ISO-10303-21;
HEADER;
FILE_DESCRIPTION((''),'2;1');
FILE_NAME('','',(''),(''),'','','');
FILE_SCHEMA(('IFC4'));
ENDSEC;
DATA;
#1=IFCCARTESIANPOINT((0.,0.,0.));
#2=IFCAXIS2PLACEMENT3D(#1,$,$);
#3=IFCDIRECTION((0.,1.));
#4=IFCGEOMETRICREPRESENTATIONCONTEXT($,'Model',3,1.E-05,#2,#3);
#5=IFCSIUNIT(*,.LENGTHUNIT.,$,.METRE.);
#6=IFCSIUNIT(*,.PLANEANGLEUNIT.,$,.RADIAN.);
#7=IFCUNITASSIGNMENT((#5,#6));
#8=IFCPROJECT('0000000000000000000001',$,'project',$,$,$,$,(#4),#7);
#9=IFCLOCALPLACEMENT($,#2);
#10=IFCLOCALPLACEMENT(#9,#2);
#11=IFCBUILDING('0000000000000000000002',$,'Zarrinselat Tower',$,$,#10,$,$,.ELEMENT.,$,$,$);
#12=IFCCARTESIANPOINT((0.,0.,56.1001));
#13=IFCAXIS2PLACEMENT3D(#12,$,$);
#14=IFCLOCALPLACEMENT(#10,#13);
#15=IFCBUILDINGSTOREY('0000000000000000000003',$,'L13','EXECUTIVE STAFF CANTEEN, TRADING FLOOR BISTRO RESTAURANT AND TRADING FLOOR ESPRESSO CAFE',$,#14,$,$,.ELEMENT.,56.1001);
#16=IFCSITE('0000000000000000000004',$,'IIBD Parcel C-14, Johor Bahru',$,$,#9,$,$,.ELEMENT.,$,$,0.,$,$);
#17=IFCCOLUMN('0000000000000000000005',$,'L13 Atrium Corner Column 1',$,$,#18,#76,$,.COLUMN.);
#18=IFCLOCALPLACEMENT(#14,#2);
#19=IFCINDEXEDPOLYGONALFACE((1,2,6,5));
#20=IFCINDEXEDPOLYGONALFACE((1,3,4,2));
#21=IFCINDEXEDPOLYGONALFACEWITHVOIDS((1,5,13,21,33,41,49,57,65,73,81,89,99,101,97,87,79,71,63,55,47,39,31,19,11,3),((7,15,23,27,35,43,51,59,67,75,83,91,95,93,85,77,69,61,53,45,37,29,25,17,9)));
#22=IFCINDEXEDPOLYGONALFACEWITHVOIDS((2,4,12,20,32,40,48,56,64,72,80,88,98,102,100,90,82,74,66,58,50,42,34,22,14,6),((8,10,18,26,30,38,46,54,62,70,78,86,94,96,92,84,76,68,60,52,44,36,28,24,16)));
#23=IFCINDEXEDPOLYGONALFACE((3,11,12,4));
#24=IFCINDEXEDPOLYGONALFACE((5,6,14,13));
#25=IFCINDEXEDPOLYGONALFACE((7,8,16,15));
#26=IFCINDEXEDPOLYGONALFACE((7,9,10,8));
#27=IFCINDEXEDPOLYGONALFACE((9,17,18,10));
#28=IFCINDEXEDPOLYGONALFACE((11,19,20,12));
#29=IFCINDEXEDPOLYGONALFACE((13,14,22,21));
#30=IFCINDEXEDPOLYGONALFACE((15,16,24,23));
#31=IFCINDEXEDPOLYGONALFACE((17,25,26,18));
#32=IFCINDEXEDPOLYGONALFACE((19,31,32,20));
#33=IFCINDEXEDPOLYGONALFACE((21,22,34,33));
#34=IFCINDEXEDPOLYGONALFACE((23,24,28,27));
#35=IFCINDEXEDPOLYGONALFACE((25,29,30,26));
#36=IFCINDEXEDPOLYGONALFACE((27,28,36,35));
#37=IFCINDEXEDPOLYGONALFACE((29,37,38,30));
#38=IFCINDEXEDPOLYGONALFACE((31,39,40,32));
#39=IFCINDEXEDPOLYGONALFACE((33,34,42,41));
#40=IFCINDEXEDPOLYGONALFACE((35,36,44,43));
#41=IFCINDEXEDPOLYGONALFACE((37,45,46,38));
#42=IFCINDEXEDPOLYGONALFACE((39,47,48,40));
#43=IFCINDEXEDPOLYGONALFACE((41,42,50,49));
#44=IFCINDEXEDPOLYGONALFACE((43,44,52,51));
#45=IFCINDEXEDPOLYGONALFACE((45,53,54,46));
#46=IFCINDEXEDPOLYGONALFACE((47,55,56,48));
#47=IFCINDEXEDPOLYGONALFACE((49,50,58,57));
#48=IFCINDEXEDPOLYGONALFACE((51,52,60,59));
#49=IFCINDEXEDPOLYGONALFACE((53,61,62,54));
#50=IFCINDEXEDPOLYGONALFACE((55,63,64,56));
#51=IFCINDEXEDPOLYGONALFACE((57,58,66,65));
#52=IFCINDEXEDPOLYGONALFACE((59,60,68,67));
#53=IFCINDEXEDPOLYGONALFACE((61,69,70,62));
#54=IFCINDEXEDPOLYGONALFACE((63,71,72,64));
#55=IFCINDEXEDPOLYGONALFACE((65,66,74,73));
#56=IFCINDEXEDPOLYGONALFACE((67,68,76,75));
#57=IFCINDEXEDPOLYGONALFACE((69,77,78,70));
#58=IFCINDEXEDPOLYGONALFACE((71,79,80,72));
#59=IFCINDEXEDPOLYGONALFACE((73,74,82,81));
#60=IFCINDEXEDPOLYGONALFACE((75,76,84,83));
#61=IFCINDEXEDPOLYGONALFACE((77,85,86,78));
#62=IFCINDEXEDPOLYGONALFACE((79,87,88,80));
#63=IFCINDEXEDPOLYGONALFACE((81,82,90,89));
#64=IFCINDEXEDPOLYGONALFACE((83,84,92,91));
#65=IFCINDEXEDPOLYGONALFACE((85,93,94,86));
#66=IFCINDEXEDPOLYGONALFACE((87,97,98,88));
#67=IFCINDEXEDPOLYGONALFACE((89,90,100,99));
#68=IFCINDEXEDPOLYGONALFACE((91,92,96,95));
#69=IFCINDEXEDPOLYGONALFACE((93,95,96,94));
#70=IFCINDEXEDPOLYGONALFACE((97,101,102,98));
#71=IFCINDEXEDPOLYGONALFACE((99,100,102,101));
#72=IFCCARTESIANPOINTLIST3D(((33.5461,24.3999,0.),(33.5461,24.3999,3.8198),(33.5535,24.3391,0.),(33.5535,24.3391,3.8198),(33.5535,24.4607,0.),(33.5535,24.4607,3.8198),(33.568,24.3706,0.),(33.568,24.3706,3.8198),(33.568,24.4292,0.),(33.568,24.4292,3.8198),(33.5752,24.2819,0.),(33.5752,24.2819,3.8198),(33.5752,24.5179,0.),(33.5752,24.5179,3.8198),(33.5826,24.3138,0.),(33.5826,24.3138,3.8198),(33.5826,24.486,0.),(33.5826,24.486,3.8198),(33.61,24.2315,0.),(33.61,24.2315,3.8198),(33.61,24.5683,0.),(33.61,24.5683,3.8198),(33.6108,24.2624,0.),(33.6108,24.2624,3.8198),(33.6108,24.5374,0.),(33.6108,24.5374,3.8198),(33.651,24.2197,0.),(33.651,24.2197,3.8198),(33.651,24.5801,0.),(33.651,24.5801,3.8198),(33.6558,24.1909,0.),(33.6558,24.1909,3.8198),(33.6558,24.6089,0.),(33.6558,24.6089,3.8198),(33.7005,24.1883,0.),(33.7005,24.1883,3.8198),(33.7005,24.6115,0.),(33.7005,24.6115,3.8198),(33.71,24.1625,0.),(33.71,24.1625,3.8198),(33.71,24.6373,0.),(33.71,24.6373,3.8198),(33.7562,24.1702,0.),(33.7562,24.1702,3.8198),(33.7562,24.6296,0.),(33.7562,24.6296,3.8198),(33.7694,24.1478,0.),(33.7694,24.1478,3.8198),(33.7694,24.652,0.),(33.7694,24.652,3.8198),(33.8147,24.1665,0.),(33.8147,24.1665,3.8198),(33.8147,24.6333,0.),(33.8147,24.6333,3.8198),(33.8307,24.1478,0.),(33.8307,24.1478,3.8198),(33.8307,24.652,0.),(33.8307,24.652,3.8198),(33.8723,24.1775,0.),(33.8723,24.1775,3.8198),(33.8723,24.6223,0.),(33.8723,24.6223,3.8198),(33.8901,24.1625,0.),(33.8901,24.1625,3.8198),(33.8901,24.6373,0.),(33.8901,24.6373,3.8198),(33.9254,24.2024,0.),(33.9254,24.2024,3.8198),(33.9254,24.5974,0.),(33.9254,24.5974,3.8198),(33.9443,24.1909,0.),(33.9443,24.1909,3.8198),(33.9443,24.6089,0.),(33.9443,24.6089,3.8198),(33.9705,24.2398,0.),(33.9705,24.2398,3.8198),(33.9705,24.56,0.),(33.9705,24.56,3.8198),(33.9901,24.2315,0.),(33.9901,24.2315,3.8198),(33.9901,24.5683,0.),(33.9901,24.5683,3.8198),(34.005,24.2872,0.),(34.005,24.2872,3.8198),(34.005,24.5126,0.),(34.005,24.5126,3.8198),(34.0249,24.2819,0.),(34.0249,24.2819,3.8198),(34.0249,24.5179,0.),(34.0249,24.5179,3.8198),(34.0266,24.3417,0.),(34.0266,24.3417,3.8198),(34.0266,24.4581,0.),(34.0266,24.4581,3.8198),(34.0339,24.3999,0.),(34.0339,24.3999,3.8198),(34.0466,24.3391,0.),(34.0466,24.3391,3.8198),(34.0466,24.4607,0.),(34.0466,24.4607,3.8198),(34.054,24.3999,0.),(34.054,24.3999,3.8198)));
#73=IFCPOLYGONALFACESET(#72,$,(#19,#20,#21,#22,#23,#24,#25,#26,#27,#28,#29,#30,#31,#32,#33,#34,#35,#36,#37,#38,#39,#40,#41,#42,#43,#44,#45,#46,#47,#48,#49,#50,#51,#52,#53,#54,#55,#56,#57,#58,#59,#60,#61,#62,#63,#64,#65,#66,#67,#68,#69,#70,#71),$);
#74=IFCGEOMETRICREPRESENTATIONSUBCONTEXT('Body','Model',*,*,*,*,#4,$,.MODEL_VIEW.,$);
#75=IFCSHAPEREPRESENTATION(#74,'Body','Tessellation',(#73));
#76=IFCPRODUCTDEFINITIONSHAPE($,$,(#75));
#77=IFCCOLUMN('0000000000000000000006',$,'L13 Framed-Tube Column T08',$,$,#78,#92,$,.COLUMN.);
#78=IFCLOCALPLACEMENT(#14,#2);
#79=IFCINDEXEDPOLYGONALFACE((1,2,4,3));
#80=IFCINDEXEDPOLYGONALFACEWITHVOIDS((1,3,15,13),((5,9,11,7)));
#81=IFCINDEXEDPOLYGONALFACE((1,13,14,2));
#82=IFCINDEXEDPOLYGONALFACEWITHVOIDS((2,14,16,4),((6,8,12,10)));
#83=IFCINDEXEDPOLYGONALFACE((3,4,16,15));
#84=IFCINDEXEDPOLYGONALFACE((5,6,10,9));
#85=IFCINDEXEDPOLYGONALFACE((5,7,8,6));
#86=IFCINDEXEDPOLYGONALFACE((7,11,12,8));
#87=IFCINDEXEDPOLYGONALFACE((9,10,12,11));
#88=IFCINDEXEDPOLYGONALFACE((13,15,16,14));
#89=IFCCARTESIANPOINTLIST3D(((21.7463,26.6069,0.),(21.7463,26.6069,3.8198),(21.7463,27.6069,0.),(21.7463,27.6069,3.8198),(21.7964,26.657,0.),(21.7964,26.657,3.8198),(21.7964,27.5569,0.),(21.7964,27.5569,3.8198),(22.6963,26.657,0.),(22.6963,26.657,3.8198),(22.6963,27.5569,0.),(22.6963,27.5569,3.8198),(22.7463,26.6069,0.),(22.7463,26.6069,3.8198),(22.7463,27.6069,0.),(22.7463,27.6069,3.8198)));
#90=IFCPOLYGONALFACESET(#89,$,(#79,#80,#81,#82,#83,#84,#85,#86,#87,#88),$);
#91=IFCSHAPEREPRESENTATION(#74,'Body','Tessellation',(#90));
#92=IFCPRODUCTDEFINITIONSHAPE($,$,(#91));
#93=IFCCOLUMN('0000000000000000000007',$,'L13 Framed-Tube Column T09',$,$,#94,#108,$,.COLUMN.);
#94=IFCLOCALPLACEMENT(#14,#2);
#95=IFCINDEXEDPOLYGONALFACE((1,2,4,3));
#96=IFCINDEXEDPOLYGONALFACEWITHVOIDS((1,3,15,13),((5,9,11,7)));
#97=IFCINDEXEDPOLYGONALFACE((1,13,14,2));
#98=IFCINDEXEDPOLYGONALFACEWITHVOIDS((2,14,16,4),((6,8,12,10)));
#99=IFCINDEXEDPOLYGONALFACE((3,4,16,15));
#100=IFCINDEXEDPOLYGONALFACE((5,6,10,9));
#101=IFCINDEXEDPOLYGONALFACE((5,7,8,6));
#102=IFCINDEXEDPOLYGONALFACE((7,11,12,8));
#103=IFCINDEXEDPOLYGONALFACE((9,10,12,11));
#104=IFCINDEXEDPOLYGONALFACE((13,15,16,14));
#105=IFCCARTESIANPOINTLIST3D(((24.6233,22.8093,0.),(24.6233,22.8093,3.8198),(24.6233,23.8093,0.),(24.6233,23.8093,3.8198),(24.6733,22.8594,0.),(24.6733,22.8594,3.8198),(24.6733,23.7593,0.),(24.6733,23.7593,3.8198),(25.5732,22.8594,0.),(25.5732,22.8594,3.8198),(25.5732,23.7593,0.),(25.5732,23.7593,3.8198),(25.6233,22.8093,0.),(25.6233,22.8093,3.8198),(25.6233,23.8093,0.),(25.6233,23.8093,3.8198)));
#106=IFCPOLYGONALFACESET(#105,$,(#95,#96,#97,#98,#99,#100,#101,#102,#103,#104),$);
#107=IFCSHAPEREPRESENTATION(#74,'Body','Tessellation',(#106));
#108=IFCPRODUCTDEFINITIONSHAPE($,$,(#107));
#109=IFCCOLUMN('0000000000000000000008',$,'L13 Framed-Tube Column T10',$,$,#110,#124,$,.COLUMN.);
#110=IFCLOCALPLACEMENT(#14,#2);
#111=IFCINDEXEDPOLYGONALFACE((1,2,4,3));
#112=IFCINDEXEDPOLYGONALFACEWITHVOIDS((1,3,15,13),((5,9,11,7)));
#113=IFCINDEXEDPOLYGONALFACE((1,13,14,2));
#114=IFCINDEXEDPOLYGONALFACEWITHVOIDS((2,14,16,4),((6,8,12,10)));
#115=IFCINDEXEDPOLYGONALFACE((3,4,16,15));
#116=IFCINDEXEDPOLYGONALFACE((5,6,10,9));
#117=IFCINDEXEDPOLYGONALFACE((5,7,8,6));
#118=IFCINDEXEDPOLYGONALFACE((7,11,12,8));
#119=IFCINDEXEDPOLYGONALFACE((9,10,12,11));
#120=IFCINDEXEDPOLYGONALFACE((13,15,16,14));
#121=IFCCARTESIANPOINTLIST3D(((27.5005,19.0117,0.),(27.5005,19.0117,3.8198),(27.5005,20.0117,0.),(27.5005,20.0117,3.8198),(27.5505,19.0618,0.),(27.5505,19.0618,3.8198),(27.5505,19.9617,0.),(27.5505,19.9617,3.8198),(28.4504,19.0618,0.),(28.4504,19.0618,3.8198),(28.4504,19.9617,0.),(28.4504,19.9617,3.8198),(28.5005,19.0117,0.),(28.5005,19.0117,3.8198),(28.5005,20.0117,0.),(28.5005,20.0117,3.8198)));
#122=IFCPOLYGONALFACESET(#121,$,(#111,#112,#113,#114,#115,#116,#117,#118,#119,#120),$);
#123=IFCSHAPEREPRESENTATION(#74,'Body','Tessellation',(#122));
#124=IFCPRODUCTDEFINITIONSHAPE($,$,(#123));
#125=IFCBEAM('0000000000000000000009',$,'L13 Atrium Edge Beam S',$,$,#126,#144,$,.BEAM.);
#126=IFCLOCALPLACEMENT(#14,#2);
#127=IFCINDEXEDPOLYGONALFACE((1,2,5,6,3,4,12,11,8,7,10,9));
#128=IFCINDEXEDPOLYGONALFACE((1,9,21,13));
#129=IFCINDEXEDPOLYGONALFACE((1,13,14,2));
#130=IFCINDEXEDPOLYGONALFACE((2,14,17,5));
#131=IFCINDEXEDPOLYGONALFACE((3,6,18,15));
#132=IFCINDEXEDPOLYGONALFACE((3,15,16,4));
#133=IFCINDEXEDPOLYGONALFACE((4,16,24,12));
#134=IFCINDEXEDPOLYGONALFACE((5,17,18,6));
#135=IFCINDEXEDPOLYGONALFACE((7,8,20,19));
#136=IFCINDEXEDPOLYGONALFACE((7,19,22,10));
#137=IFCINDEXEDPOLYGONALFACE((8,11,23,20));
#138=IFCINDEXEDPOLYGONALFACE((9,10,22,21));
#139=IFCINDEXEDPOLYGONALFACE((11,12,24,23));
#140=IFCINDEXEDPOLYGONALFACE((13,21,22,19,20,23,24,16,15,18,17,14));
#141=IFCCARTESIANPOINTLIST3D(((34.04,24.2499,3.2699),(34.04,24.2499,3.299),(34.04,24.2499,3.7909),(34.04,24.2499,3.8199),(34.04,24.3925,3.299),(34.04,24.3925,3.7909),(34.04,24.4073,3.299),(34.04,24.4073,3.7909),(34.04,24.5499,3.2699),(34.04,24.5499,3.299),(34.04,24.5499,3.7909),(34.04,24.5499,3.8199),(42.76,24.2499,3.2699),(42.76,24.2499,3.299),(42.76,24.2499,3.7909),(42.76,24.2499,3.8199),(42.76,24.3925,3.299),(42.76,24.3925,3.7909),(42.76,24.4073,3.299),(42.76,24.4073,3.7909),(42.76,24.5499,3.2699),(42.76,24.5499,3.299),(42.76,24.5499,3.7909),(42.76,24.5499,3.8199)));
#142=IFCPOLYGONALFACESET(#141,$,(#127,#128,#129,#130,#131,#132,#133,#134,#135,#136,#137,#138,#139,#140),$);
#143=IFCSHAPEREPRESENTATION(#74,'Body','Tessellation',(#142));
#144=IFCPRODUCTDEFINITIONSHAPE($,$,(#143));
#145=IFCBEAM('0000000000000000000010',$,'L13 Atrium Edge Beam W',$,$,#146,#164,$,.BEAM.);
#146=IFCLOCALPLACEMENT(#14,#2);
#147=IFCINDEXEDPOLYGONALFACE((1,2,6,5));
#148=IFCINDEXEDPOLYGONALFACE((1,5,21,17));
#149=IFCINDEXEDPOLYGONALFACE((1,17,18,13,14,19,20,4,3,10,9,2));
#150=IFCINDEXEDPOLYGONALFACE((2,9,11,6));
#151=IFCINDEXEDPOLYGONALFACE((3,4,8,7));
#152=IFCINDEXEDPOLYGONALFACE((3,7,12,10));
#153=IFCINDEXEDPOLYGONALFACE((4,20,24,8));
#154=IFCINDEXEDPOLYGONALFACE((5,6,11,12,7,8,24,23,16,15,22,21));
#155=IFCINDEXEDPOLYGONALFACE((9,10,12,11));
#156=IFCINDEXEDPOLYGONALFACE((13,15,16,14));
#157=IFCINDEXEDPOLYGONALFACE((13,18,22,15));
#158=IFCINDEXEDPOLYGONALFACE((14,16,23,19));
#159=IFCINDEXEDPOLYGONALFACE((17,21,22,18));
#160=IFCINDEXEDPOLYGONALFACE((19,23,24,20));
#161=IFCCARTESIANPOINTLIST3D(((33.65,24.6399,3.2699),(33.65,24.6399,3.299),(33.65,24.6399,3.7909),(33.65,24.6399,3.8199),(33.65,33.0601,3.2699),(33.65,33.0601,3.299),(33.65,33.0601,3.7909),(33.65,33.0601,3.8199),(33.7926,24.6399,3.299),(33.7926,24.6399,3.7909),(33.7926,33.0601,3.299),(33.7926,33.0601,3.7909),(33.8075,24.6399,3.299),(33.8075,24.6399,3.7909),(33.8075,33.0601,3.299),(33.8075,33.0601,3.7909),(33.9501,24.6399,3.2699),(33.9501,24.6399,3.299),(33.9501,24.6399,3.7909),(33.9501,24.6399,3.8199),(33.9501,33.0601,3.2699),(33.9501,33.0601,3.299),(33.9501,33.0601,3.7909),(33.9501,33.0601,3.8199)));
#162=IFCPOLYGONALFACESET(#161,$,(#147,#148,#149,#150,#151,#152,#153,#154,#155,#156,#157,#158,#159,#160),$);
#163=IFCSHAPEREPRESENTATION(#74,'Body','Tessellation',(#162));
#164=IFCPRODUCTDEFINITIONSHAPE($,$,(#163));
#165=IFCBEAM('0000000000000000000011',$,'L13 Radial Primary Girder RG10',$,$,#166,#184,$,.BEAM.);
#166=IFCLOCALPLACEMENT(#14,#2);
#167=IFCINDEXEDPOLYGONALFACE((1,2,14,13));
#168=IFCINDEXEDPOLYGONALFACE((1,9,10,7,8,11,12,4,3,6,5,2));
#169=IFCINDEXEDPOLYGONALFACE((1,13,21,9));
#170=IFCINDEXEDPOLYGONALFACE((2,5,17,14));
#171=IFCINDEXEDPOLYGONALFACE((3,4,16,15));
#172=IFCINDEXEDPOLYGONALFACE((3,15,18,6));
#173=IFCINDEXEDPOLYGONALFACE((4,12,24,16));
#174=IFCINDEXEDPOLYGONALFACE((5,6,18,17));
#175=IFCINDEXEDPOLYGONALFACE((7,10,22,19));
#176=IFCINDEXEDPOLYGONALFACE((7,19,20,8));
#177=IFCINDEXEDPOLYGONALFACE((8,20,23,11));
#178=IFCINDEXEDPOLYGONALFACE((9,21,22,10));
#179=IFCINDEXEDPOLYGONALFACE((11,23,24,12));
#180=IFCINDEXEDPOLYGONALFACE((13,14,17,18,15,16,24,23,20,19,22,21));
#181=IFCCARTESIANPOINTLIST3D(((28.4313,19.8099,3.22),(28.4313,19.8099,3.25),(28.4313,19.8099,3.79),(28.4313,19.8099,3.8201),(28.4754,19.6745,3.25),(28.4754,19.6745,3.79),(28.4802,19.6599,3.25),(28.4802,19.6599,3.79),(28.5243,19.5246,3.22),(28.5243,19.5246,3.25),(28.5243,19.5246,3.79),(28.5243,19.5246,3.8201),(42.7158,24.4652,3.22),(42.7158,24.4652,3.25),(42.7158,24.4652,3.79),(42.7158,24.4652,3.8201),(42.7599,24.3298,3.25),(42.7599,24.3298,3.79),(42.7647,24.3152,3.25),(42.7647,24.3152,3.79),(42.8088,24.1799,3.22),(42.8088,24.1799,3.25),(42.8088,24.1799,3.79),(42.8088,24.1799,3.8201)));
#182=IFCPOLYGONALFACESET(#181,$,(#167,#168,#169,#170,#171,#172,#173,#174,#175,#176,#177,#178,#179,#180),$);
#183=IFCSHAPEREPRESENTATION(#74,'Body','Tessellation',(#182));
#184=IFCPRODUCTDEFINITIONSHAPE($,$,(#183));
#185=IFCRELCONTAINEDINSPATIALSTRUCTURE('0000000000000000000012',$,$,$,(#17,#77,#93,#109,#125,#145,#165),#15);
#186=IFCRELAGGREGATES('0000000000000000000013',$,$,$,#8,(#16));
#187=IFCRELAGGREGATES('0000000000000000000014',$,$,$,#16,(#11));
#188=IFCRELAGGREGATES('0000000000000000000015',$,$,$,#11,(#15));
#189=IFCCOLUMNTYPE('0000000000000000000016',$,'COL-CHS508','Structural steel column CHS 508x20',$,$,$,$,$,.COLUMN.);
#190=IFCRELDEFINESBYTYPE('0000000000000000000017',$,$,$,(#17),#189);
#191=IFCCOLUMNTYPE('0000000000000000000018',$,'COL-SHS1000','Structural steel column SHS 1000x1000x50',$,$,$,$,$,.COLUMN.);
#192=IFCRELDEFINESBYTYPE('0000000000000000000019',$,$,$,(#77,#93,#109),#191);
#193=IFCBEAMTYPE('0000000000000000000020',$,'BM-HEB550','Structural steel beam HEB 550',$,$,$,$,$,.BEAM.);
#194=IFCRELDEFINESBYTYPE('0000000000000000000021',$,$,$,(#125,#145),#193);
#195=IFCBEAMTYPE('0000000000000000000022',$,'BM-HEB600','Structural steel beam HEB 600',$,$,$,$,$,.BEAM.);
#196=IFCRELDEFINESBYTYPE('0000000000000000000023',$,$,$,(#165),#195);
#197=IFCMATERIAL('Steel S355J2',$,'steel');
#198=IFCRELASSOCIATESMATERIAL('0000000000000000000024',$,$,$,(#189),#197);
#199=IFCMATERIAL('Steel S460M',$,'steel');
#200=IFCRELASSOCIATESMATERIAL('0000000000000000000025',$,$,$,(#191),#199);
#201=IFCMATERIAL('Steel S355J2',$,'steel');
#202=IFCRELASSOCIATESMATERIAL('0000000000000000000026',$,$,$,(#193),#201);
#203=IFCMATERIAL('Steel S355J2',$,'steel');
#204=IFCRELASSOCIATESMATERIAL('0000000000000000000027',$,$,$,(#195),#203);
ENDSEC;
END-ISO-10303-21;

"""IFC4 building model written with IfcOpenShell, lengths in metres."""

from ifc_helpers import new_model, si_unit, direction, frame, origin, origin_2d, place, context, subcontext, project, spatial, hollow_rectangle, hollow_circle, i_section, extrude, material, material_profile, profile_set, type_object, element, save


model = new_model("IFC4")

# Units and contexts
model_context = context("Model", 3, precision=1e-05, world=origin(), true_north=direction((0.0, 1.0)))
body_context = subcontext(model_context, "Body", "Model", "MODEL_VIEW")
ifc_project = project(units=[si_unit("LENGTHUNIT", "METRE"), si_unit("PLANEANGLEUNIT", "RADIAN")], contexts=[model_context])

# Site, building, storey
site_placement = place(None, origin())
site = spatial("IfcSite", under=ifc_project, at=site_placement, Name="IIBD Parcel C-14, Johor Bahru", CompositionType="ELEMENT", RefElevation=0.0)
building_placement = place(site_placement, origin())
building = spatial("IfcBuilding", under=site, at=building_placement, Name="Zarrinselat Tower", CompositionType="ELEMENT")
storey_placement = place(building_placement, frame((0.0, 0.0, 56.1001)))
storey = spatial("IfcBuildingStorey", under=building, at=storey_placement, Name="L13", Description="EXECUTIVE STAFF CANTEEN, TRADING FLOOR BISTRO RESTAURANT AND TRADING FLOOR ESPRESSO CAFE", CompositionType="ELEMENT", Elevation=56.1001)

# Columns
ifc_material_1 = material(Name="Steel S355J2", Category="steel")
ifc_material_profile_1 = material_profile(ifc_material_1, hollow_circle(Radius=0.2539, WallThickness=0.02, at=origin_2d()), Name="CHS 508x20")
ifc_profile_set_1 = profile_set([ifc_material_profile_1], Name="Steel S355J2")
column_type_1 = type_object("IfcColumnType", Name="COL-CHS508", Description="Structural steel column CHS 508x20", PredefinedType="COLUMN", material=ifc_profile_set_1)
column_placement = place(storey_placement, frame((33.8, 24.3999, 0.0), z_axis=(0.0, 0.0, 1.0), x_axis=(1.0, 0.0, 0.0)))
element("IfcColumn", 1, at=column_placement, inside=storey, type_object=column_type_1, Name="L13 Atrium Corner Column 1", PredefinedType="COLUMN", context=body_context, shape_type="SweptSolid", body=[
    extrude(hollow_circle(Radius=0.2539, WallThickness=0.02, at=origin_2d()), origin(), (0.0, 0.0, 1.0), 3.8198),
])
ifc_material_2 = material(Name="Steel S460M", Category="steel")
ifc_material_profile_2 = material_profile(ifc_material_2, hollow_rectangle(XDim=1.0, YDim=1.0, WallThickness=0.05, at=origin_2d()), Name="SHS 1000x1000x50")
ifc_profile_set_2 = profile_set([ifc_material_profile_2], Name="Steel S460M")
column_type_2 = type_object("IfcColumnType", Name="COL-SHS1000", Description="Structural steel column SHS 1000x1000x50", PredefinedType="COLUMN", material=ifc_profile_set_2)
for number, where, z_axis, x_axis, name in (
    (2, (22.2463, 27.1069, 0.0), (0.0, 0.0, 1.0), (1.0, 0.0, 0.0), "L13 Framed-Tube Column T08"),
    (3, (25.1233, 23.3093, 0.0), (0.0, 0.0, 1.0), (1.0, 0.0, 0.0), "L13 Framed-Tube Column T09"),
    (4, (28.0005, 19.5117, 0.0), (0.0, 0.0, 1.0), (1.0, 0.0, 0.0), "L13 Framed-Tube Column T10"),
):
    element("IfcColumn", number, at=place(storey_placement, frame(where, z_axis=z_axis, x_axis=x_axis)), inside=storey, type_object=column_type_2, Name=name, PredefinedType="COLUMN", context=body_context, shape_type="SweptSolid", body=[
        extrude(hollow_rectangle(XDim=1.0, YDim=1.0, WallThickness=0.05, at=origin_2d()), origin(), (0.0, 0.0, 1.0), 3.8198),
    ])

# Beams
ifc_material_3 = material(Name="Steel S355J2", Category="steel")
ifc_material_profile_3 = material_profile(ifc_material_3, i_section(OverallWidth=0.3, OverallDepth=0.55, WebThickness=0.0149, FlangeThickness=0.0291, at=origin_2d()), Name="HEB 550")
ifc_profile_set_3 = profile_set([ifc_material_profile_3], Name="Steel S355J2")
beam_type_1 = type_object("IfcBeamType", Name="BM-HEB550", Description="Structural steel beam HEB 550", PredefinedType="BEAM", material=ifc_profile_set_3)
beam_1_placement = place(storey_placement, frame((34.04, 24.3999, 3.5449), z_axis=(1.0, 0.0, 0.0), x_axis=(0.0, 1.0, 0.0)))
element("IfcBeam", 5, at=beam_1_placement, inside=storey, type_object=beam_type_1, Name="L13 Atrium Edge Beam S", PredefinedType="BEAM", context=body_context, shape_type="SweptSolid", body=[
    extrude(i_section(OverallWidth=0.3, OverallDepth=0.55, WebThickness=0.0149, FlangeThickness=0.0291, at=origin_2d()), origin(), (0.0, 0.0, 1.0), 8.72),
])
beam_2_placement = place(storey_placement, frame((33.8, 24.6399, 3.5449), z_axis=(0.0, 1.0, 0.0), x_axis=(-1.0, 0.0, 0.0)))
element("IfcBeam", 6, at=beam_2_placement, inside=storey, type_object=beam_type_1, Name="L13 Atrium Edge Beam W", PredefinedType="BEAM", context=body_context, shape_type="SweptSolid", body=[
    extrude(i_section(OverallWidth=0.3, OverallDepth=0.55, WebThickness=0.0149, FlangeThickness=0.0291, at=origin_2d()), origin(), (0.0, 0.0, 1.0), 8.4202),
])
ifc_material_4 = material(Name="Steel S355J2", Category="steel")
ifc_material_profile_4 = material_profile(ifc_material_4, i_section(OverallWidth=0.3, OverallDepth=0.6001, WebThickness=0.0154, FlangeThickness=0.03, at=origin_2d()), Name="HEB 600")
ifc_profile_set_4 = profile_set([ifc_material_profile_4], Name="Steel S355J2")
beam_type_2 = type_object("IfcBeamType", Name="BM-HEB600", Description="Structural steel beam HEB 600", PredefinedType="BEAM", material=ifc_profile_set_4)
beam_3_placement = place(storey_placement, frame((28.4778, 19.6672, 3.52), z_axis=(0.950783, 0.309859, 0.0), x_axis=(-0.309859, 0.950783, 0.0)))
element("IfcBeam", 7, at=beam_3_placement, inside=storey, type_object=beam_type_2, Name="L13 Radial Primary Girder RG10", PredefinedType="BEAM", context=body_context, shape_type="SweptSolid", body=[
    extrude(i_section(OverallWidth=0.3, OverallDepth=0.6001, WebThickness=0.0154, FlangeThickness=0.03, at=origin_2d()), origin(), (0.0, 0.0, 1.0), 15.0239),
])

save(model, "model.ifc")
